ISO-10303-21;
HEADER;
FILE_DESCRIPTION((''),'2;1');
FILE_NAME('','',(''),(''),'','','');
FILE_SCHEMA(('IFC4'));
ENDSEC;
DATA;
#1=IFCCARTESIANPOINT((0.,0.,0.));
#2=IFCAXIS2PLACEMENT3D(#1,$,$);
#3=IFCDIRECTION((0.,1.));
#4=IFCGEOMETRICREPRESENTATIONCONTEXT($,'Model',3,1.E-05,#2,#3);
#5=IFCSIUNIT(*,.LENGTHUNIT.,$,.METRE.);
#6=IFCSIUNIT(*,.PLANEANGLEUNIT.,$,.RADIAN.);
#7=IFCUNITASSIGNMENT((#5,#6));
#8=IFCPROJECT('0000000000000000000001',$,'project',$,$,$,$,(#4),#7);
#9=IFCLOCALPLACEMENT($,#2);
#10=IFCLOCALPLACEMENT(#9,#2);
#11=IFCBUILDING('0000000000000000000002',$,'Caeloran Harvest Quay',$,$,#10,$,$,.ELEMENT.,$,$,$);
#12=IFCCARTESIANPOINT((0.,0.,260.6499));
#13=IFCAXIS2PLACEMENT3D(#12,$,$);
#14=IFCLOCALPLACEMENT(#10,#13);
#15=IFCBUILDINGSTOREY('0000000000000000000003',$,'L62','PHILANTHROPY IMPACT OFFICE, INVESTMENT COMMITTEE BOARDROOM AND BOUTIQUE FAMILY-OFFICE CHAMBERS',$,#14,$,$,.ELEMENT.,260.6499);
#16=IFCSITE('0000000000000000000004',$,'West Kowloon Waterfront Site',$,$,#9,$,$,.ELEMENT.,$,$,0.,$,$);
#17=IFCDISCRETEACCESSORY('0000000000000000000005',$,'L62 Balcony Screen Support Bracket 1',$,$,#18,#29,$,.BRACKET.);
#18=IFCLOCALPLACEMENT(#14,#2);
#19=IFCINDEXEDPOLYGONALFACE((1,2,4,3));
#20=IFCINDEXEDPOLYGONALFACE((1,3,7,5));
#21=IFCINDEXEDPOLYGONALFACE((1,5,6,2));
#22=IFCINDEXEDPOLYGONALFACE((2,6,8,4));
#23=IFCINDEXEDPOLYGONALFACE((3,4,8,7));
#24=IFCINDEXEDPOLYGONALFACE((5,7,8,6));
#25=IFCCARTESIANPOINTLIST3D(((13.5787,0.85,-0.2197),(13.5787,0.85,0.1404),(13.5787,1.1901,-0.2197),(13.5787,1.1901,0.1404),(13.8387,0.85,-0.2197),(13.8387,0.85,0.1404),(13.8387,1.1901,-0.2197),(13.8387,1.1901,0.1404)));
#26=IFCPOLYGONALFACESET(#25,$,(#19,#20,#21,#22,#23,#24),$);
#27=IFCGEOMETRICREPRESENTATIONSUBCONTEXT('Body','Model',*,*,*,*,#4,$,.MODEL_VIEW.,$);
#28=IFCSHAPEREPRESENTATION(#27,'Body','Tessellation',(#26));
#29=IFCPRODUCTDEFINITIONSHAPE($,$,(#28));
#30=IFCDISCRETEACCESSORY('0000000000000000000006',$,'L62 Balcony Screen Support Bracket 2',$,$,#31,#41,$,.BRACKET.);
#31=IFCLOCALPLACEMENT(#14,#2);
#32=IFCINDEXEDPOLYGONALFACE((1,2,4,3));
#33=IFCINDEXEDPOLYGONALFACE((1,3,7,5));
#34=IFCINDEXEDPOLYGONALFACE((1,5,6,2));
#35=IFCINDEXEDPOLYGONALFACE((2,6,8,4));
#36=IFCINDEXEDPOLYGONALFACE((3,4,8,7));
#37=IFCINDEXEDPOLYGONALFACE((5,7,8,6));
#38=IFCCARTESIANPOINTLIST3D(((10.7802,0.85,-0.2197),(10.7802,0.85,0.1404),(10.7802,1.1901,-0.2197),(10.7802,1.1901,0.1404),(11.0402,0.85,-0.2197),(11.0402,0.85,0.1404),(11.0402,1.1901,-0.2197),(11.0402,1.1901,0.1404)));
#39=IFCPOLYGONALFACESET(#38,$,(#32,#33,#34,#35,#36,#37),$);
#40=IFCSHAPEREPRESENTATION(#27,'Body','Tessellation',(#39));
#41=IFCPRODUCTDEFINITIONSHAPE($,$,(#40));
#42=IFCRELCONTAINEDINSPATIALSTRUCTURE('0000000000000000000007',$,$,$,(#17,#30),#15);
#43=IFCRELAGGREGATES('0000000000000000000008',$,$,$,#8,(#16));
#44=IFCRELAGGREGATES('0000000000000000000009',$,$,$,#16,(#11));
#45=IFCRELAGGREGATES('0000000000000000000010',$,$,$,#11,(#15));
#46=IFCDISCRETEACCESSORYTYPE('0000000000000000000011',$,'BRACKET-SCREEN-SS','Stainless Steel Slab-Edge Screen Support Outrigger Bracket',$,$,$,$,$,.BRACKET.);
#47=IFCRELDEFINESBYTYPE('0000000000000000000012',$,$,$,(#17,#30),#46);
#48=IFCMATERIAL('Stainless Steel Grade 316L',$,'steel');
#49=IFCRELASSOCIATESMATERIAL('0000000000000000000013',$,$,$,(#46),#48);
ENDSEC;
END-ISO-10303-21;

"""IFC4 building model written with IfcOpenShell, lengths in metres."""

from ifc_helpers import new_model, si_unit, direction, frame, origin, origin_2d, place, context, subcontext, project, spatial, rectangle, extrude, material, type_object, element, save


model = new_model("IFC4")

# Units and contexts
model_context = context("Model", 3, precision=1e-05, world=origin(), true_north=direction((0.0, 1.0)))
body_context = subcontext(model_context, "Body", "Model", "MODEL_VIEW")
ifc_project = project(units=[si_unit("LENGTHUNIT", "METRE"), si_unit("PLANEANGLEUNIT", "RADIAN")], contexts=[model_context])

# Site, building, storey
site_placement = place(None, origin())
site = spatial("IfcSite", under=ifc_project, at=site_placement, Name="West Kowloon Waterfront Site", CompositionType="ELEMENT", RefElevation=0.0)
building_placement = place(site_placement, origin())
building = spatial("IfcBuilding", under=site, at=building_placement, Name="Caeloran Harvest Quay", CompositionType="ELEMENT")
storey_placement = place(building_placement, frame((0.0, 0.0, 260.6499)))
storey = spatial("IfcBuildingStorey", under=building, at=storey_placement, Name="L62", Description="PHILANTHROPY IMPACT OFFICE, INVESTMENT COMMITTEE BOARDROOM AND BOUTIQUE FAMILY-OFFICE CHAMBERS", CompositionType="ELEMENT", Elevation=260.6499)

# Discrete accessories
ifc_material_1 = material(Name="Stainless Steel Grade 316L", Category="steel")
discrete_accessory_type = type_object("IfcDiscreteAccessoryType", Name="BRACKET-SCREEN-SS", Description="Stainless Steel Slab-Edge Screen Support Outrigger Bracket", PredefinedType="BRACKET", material=ifc_material_1)
for number, where, z_axis, x_axis, name in (
    (1, (13.7087, 1.02, -0.2197), (0.0, 0.0, 1.0), (1.0, 0.0, 0.0), "L62 Balcony Screen Support Bracket 1"),
    (2, (10.9102, 1.02, -0.2197), (0.0, 0.0, 1.0), (1.0, 0.0, 0.0), "L62 Balcony Screen Support Bracket 2"),
):
    element("IfcDiscreteAccessory", number, at=place(storey_placement, frame(where, z_axis=z_axis, x_axis=x_axis)), inside=storey, type_object=discrete_accessory_type, Name=name, PredefinedType="BRACKET", context=body_context, shape_type="SweptSolid", body=[
        extrude(rectangle(XDim=0.26, YDim=0.3401, at=origin_2d()), origin(), (0.0, 0.0, 1.0), 0.3601),
    ])

save(model, "model.ifc")
